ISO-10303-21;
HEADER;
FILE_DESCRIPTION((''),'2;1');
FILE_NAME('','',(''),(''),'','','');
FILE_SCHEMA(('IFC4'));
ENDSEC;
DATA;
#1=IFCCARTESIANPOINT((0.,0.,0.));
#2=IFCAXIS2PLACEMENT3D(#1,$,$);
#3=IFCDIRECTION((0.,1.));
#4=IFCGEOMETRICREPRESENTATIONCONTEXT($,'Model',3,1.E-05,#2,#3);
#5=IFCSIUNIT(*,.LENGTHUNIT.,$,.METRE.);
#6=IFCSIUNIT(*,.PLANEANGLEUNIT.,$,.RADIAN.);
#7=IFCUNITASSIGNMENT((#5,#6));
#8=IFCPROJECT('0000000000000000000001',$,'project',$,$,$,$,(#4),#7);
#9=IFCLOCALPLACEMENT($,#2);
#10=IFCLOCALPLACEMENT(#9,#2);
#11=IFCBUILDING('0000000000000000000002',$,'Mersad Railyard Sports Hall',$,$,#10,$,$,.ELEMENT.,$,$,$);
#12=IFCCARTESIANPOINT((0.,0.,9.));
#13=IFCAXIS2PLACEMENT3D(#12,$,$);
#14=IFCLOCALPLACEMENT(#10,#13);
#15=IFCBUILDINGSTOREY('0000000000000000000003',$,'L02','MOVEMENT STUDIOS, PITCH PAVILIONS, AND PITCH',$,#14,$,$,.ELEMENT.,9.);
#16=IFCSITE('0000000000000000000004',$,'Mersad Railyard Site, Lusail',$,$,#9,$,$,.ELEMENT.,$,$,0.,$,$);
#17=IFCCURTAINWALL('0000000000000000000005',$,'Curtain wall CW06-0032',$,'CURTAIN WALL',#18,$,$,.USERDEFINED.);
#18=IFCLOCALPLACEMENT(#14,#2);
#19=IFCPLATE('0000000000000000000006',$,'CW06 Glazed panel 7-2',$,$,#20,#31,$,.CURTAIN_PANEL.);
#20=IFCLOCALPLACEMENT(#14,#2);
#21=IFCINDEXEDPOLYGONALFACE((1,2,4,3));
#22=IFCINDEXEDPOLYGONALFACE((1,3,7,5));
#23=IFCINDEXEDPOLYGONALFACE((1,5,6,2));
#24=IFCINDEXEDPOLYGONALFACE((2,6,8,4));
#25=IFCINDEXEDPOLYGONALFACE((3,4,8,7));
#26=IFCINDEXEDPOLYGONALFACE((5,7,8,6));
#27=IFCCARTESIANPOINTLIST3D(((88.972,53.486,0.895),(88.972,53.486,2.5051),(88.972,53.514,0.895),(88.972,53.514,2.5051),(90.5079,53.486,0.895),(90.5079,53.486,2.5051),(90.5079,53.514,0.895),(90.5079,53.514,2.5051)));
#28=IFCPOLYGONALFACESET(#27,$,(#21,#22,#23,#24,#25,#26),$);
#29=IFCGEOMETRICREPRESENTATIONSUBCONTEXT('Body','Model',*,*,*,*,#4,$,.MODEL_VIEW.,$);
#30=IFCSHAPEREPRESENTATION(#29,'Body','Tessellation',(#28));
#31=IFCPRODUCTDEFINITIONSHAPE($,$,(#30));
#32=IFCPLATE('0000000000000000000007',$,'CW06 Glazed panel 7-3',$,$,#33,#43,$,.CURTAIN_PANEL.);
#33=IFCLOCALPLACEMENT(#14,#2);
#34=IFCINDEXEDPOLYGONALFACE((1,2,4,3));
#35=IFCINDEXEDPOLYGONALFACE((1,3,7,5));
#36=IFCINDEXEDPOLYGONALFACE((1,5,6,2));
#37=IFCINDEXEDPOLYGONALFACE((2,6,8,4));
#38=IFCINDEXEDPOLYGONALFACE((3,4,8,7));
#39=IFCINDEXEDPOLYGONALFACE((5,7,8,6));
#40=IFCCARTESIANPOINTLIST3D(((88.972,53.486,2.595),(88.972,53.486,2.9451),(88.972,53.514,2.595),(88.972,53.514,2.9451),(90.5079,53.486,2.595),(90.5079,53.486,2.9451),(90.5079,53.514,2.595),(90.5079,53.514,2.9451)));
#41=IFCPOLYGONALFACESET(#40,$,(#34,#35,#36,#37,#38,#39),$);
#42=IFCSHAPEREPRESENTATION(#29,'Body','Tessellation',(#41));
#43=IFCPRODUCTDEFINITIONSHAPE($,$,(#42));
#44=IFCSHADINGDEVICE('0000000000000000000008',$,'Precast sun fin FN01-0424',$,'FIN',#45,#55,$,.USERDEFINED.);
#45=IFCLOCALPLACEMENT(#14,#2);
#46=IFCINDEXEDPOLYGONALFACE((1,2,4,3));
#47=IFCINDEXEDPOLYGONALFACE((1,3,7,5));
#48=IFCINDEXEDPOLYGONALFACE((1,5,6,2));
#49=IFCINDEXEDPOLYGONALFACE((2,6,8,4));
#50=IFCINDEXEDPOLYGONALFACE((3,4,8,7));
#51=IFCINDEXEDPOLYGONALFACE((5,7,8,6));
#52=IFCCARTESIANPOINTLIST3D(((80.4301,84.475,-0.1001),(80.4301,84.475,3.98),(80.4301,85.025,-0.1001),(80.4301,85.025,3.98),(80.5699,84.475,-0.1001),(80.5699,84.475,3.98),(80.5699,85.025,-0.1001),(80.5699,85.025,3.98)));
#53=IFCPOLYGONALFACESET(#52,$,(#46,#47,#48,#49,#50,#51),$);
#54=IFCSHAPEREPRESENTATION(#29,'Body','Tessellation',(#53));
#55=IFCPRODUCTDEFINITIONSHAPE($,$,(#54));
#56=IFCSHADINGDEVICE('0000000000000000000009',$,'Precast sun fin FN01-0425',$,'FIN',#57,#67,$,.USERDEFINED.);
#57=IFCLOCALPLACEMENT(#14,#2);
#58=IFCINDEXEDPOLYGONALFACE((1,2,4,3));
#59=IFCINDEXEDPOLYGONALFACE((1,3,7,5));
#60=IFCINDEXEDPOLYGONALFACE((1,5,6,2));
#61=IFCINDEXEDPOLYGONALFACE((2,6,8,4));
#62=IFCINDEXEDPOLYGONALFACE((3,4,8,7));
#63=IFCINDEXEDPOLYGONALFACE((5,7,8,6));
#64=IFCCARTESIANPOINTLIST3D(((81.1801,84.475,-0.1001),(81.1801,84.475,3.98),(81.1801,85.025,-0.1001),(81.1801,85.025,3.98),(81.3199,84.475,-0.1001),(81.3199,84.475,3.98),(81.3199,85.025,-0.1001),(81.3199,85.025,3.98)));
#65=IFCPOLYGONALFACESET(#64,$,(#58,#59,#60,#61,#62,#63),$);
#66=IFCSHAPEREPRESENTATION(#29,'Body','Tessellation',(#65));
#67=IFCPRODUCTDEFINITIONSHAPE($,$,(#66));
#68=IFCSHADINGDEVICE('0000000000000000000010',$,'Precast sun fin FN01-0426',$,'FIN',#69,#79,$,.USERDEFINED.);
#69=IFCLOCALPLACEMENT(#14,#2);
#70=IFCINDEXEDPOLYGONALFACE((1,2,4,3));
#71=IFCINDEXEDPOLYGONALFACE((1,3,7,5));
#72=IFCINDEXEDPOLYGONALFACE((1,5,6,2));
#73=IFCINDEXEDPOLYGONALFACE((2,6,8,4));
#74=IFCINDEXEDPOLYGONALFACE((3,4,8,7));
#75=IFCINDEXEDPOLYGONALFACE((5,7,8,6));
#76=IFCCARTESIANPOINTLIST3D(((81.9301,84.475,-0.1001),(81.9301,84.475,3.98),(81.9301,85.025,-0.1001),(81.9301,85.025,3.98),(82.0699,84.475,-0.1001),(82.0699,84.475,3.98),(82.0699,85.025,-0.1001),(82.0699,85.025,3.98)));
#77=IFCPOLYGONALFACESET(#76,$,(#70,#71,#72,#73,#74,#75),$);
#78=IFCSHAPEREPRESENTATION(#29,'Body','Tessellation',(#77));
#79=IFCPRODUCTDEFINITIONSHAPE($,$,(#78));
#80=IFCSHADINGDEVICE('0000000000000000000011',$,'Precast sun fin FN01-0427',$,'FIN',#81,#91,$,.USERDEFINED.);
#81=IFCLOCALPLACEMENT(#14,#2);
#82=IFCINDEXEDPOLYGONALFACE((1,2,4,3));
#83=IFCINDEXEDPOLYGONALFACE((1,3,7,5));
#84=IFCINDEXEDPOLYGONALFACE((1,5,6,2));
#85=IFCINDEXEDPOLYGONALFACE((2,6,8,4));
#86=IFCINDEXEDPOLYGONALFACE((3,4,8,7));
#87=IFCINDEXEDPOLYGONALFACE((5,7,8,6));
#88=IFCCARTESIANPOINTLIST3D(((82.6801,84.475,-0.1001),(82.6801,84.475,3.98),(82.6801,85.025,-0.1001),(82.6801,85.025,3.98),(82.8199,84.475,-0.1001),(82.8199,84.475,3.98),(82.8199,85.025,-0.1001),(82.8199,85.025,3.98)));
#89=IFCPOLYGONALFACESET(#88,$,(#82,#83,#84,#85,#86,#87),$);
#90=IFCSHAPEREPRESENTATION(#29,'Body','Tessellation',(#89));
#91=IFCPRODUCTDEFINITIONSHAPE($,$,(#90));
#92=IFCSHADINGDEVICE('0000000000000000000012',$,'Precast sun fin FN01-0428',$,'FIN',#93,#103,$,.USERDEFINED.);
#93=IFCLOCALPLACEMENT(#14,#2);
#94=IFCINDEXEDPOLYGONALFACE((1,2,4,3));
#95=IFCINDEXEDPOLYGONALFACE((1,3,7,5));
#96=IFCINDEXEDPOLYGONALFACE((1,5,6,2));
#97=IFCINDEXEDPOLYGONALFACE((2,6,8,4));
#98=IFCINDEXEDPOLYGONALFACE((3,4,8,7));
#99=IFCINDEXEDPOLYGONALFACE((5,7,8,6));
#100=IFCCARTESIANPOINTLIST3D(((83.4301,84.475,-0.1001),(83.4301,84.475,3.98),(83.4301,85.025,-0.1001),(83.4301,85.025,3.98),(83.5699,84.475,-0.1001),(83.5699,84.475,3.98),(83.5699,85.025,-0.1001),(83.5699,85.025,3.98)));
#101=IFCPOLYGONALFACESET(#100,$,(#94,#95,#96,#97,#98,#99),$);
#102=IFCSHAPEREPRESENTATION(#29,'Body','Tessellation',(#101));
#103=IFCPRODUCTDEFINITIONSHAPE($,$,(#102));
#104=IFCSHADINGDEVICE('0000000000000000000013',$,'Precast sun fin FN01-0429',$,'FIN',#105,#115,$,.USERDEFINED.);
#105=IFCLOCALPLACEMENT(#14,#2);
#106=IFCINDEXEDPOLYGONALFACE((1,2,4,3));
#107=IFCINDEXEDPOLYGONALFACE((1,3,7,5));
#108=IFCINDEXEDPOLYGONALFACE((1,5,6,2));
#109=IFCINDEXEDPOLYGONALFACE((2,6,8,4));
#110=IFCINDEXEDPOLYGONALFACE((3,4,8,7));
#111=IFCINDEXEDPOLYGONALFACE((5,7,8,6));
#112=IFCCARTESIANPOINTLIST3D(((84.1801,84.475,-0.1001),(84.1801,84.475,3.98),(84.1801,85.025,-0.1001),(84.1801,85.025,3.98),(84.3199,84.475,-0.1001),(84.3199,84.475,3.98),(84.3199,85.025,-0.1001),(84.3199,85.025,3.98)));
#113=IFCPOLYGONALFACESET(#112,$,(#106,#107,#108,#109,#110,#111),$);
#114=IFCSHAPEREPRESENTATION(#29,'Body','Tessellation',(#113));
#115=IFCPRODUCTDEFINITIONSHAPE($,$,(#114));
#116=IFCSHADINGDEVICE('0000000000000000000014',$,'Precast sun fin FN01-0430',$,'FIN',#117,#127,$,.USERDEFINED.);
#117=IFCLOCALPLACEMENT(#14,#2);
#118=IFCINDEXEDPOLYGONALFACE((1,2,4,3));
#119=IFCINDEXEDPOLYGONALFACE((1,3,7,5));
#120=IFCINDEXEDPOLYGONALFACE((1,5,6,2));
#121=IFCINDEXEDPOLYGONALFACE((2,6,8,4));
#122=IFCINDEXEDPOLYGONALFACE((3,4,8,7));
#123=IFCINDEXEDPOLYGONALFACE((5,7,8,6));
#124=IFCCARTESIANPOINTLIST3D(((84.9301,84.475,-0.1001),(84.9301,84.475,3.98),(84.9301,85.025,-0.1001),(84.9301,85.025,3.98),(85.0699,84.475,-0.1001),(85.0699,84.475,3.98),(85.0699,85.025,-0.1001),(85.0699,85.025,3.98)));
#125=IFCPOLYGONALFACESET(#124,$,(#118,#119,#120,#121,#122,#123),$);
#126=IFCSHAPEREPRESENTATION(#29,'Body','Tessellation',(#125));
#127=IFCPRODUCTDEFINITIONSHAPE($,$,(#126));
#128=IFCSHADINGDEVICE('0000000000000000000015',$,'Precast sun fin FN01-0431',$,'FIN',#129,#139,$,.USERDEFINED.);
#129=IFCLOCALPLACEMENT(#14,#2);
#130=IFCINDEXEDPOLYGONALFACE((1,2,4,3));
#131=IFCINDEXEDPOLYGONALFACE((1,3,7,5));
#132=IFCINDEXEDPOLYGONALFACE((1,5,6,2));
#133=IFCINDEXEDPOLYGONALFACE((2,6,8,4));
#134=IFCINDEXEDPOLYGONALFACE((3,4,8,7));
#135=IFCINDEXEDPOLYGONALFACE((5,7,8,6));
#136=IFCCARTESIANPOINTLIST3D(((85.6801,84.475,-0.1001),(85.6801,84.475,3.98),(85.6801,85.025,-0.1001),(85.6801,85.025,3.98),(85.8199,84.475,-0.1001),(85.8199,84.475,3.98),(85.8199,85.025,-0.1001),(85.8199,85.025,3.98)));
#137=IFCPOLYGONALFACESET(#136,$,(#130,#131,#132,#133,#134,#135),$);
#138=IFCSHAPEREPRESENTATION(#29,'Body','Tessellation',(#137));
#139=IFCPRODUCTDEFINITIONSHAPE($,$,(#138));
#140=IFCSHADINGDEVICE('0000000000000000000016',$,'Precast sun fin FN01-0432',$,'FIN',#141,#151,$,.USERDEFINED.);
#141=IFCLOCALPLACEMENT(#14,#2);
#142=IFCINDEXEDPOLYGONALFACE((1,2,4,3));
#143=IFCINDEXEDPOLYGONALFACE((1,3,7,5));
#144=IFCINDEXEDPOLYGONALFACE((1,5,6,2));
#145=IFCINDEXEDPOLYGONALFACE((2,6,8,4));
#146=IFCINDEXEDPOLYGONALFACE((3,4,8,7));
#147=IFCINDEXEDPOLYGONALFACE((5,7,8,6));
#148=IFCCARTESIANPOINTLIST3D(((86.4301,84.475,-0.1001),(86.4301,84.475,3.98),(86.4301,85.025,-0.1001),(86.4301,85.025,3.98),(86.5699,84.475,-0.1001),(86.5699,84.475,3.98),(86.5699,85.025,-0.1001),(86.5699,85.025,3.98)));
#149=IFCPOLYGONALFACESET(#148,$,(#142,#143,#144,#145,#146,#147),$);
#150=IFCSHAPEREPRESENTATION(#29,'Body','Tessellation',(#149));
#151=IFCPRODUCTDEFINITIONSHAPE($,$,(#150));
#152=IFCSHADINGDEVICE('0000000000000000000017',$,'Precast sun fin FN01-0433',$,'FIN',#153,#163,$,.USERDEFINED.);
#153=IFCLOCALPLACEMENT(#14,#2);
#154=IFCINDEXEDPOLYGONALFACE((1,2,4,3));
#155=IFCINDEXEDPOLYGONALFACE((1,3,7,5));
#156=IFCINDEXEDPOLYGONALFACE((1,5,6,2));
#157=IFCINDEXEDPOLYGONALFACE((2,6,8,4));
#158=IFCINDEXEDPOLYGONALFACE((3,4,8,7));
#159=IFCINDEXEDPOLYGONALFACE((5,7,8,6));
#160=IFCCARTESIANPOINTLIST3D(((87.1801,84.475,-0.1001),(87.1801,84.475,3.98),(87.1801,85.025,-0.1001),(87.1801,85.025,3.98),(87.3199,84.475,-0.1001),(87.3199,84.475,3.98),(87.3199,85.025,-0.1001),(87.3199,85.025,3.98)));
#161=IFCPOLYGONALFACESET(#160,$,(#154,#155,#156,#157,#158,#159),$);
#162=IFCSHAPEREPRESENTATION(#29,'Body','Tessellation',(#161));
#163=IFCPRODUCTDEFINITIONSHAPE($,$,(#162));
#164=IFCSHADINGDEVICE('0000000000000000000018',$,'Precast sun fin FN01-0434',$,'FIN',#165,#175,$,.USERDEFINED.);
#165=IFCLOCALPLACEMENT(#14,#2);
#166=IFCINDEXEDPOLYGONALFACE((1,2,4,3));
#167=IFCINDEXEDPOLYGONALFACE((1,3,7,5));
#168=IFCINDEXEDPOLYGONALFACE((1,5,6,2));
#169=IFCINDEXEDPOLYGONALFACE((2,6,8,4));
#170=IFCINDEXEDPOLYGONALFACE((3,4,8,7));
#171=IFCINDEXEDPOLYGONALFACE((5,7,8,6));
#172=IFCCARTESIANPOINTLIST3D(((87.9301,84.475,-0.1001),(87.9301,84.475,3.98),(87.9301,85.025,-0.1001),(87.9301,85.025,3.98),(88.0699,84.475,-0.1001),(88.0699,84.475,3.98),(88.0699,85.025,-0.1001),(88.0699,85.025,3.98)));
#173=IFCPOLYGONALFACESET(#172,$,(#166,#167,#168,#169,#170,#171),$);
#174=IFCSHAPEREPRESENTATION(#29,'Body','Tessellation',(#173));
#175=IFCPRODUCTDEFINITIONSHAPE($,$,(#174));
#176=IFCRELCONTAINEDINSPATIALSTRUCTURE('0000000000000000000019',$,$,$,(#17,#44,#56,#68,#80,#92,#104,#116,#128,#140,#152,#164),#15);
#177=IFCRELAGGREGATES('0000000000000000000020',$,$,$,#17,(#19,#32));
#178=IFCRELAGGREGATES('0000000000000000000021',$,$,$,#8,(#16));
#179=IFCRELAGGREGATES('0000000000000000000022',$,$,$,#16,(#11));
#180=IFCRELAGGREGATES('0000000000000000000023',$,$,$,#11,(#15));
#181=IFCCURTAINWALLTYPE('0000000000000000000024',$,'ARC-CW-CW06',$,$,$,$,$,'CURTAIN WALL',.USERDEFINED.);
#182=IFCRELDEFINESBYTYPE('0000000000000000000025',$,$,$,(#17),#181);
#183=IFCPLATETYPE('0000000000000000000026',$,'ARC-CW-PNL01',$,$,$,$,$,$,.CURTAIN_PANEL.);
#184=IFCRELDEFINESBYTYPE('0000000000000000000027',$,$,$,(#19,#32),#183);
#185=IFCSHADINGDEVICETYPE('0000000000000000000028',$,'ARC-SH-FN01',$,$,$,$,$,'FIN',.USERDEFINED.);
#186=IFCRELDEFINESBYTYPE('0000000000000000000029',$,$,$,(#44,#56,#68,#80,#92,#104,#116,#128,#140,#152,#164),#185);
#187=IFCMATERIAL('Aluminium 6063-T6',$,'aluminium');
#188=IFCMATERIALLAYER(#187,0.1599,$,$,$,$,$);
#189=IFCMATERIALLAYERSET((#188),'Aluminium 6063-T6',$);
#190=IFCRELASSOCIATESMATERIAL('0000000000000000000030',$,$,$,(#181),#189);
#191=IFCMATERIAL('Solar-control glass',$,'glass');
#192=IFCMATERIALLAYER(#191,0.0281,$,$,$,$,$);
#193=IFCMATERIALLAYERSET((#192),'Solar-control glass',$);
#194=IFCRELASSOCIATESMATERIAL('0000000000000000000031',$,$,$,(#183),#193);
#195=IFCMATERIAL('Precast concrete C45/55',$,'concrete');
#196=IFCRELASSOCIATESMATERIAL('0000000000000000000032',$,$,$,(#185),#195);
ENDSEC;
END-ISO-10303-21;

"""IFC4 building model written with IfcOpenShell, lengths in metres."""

from ifc_helpers import new_model, si_unit, direction, frame, origin, origin_2d, place, context, subcontext, project, spatial, rectangle, extrude, material, layer, layer_set, type_object, element, aggregate, save


model = new_model("IFC4")

# Units and contexts
model_context = context("Model", 3, precision=1e-05, world=origin(), true_north=direction((0.0, 1.0)))
body_context = subcontext(model_context, "Body", "Model", "MODEL_VIEW")
ifc_project = project(units=[si_unit("LENGTHUNIT", "METRE"), si_unit("PLANEANGLEUNIT", "RADIAN")], contexts=[model_context])

# Site, building, storey
site_placement = place(None, origin())
site = spatial("IfcSite", under=ifc_project, at=site_placement, Name="Mersad Railyard Site, Lusail", CompositionType="ELEMENT", RefElevation=0.0)
building_placement = place(site_placement, origin())
building = spatial("IfcBuilding", under=site, at=building_placement, Name="Mersad Railyard Sports Hall", CompositionType="ELEMENT")
storey_placement = place(building_placement, frame((0.0, 0.0, 9.0)))
storey = spatial("IfcBuildingStorey", under=building, at=storey_placement, Name="L02", Description="MOVEMENT STUDIOS, PITCH PAVILIONS, AND PITCH", CompositionType="ELEMENT", Elevation=9.0)

# Curtain wall, plates
ifc_material_1 = material(Name="Aluminium 6063-T6", Category="aluminium")
ifc_layer_1 = layer(ifc_material_1, 0.1599)
ifc_layer_set_1 = layer_set([ifc_layer_1], Name="Aluminium 6063-T6")
curtain_wall_type = type_object("IfcCurtainWallType", Name="ARC-CW-CW06", ElementType="CURTAIN WALL", PredefinedType="USERDEFINED", material=ifc_layer_set_1)
curtain_wall_placement = place(storey_placement, origin())
curtain_wall = element("IfcCurtainWall", 1, at=curtain_wall_placement, inside=storey, type_object=curtain_wall_type, Name="Curtain wall CW06-0032", ObjectType="CURTAIN WALL", PredefinedType="USERDEFINED")
ifc_material_2 = material(Name="Solar-control glass", Category="glass")
ifc_layer_2 = layer(ifc_material_2, 0.0281)
ifc_layer_set_2 = layer_set([ifc_layer_2], Name="Solar-control glass")
plate_type = type_object("IfcPlateType", Name="ARC-CW-PNL01", PredefinedType="CURTAIN_PANEL", material=ifc_layer_set_2)
plate_1_placement = place(storey_placement, frame((89.74, 53.5, 0.895), z_axis=(0.0, 0.0, 1.0), x_axis=(1.0, 0.0, 0.0)))
plate_1 = element("IfcPlate", 2, at=plate_1_placement, type_object=plate_type, Name="CW06 Glazed panel 7-2", PredefinedType="CURTAIN_PANEL", context=body_context, shape_type="SweptSolid", body=[
    extrude(rectangle(XDim=1.5359, YDim=0.0281, at=origin_2d()), origin(), (0.0, 0.0, 1.0), 1.6101),
])
plate_2_placement = place(storey_placement, frame((89.74, 53.5, 2.595), z_axis=(0.0, 0.0, 1.0), x_axis=(1.0, 0.0, 0.0)))
plate_2 = element("IfcPlate", 3, at=plate_2_placement, type_object=plate_type, Name="CW06 Glazed panel 7-3", PredefinedType="CURTAIN_PANEL", context=body_context, shape_type="SweptSolid", body=[
    extrude(rectangle(XDim=1.5359, YDim=0.0281, at=origin_2d()), origin(), (0.0, 0.0, 1.0), 0.3501),
])
aggregate(curtain_wall, [plate_1, plate_2])

# Shading devices
ifc_material_3 = material(Name="Precast concrete C45/55", Category="concrete")
shading_device_type = type_object("IfcShadingDeviceType", Name="ARC-SH-FN01", ElementType="FIN", PredefinedType="USERDEFINED", material=ifc_material_3)
for number, where, z_axis, x_axis, name in (
    (4, (80.5, 84.75, -0.1001), (0.0, 0.0, 1.0), (1.0, 0.0, 0.0), "Precast sun fin FN01-0424"),
    (5, (81.25, 84.75, -0.1001), (0.0, 0.0, 1.0), (1.0, 0.0, 0.0), "Precast sun fin FN01-0425"),
    (6, (82.0, 84.75, -0.1001), (0.0, 0.0, 1.0), (1.0, 0.0, 0.0), "Precast sun fin FN01-0426"),
    (7, (82.75, 84.75, -0.1001), (0.0, 0.0, 1.0), (1.0, 0.0, 0.0), "Precast sun fin FN01-0427"),
    (8, (83.5, 84.75, -0.1001), (0.0, 0.0, 1.0), (1.0, 0.0, 0.0), "Precast sun fin FN01-0428"),
    (9, (84.25, 84.75, -0.1001), (0.0, 0.0, 1.0), (1.0, 0.0, 0.0), "Precast sun fin FN01-0429"),
    (10, (85.0, 84.75, -0.1001), (0.0, 0.0, 1.0), (1.0, 0.0, 0.0), "Precast sun fin FN01-0430"),
    (11, (85.75, 84.75, -0.1001), (0.0, 0.0, 1.0), (1.0, 0.0, 0.0), "Precast sun fin FN01-0431"),
    (12, (86.5, 84.75, -0.1001), (0.0, 0.0, 1.0), (1.0, 0.0, 0.0), "Precast sun fin FN01-0432"),
    (13, (87.25, 84.75, -0.1001), (0.0, 0.0, 1.0), (1.0, 0.0, 0.0), "Precast sun fin FN01-0433"),
    (14, (88.0, 84.75, -0.1001), (0.0, 0.0, 1.0), (1.0, 0.0, 0.0), "Precast sun fin FN01-0434"),
):
    element("IfcShadingDevice", number, at=place(storey_placement, frame(where, z_axis=z_axis, x_axis=x_axis)), inside=storey, type_object=shading_device_type, Name=name, ObjectType="FIN", PredefinedType="USERDEFINED", context=body_context, shape_type="SweptSolid", body=[
        extrude(rectangle(XDim=0.1399, YDim=0.55, at=origin_2d()), origin(), (0.0, 0.0, 1.0), 4.0801),
    ])

save(model, "model.ifc")
